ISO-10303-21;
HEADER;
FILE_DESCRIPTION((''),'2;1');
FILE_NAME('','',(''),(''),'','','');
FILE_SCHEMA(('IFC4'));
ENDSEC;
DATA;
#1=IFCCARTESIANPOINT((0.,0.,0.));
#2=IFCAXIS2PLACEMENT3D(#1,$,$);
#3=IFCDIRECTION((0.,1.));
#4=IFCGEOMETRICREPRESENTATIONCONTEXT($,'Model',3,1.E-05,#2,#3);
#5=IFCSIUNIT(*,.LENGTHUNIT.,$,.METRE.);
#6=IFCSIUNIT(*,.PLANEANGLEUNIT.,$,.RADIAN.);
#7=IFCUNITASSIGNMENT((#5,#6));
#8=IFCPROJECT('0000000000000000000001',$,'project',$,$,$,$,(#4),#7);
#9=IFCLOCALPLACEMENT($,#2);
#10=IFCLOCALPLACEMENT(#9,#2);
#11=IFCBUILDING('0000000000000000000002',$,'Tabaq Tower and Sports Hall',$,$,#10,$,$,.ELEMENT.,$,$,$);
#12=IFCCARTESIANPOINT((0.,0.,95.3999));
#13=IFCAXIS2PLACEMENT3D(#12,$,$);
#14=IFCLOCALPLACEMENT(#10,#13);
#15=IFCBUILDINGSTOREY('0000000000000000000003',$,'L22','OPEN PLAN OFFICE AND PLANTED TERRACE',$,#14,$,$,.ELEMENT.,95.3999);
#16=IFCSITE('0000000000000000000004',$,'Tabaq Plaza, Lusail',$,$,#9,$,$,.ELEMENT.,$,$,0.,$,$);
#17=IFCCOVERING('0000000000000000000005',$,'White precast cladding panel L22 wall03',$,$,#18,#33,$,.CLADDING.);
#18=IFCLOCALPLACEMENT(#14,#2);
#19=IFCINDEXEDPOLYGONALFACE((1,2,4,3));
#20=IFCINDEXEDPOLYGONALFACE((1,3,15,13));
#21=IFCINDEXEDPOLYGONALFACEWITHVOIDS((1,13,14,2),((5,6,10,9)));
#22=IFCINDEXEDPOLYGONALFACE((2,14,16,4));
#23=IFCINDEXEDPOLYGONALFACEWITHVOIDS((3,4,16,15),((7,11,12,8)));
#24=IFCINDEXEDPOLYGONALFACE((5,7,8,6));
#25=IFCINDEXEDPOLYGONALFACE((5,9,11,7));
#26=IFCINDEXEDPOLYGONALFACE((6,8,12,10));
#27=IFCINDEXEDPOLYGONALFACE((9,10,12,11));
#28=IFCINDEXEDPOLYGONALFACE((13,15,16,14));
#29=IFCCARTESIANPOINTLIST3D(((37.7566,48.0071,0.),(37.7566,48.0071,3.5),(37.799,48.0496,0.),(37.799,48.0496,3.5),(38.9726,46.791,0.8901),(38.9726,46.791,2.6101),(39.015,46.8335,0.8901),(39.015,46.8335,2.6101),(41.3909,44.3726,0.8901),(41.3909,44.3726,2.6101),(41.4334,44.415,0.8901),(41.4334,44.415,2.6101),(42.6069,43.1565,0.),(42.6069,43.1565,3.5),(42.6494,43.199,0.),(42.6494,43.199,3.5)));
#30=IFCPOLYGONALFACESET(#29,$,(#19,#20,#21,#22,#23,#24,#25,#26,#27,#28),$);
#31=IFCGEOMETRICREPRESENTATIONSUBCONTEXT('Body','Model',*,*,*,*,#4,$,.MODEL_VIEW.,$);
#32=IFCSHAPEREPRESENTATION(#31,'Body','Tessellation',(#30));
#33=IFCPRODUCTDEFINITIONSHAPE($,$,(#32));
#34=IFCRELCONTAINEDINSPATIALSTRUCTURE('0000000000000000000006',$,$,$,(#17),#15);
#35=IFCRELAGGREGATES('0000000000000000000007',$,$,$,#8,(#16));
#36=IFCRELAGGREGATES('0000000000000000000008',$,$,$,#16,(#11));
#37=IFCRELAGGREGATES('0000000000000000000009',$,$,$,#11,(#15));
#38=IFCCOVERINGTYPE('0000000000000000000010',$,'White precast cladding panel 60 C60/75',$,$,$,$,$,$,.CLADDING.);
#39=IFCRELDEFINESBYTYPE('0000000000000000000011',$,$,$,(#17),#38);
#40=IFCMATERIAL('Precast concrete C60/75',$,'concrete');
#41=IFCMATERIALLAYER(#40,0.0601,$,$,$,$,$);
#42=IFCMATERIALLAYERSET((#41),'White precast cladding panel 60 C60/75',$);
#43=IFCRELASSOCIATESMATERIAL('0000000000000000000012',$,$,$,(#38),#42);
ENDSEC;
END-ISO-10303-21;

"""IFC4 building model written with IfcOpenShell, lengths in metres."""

from ifc_helpers import new_model, si_unit, direction, frame, origin, place, context, subcontext, project, spatial, polyline, outline, extrude, material, layer, layer_set, type_object, element, save


model = new_model("IFC4")

# Units and contexts
model_context = context("Model", 3, precision=1e-05, world=origin(), true_north=direction((0.0, 1.0)))
body_context = subcontext(model_context, "Body", "Model", "MODEL_VIEW")
ifc_project = project(units=[si_unit("LENGTHUNIT", "METRE"), si_unit("PLANEANGLEUNIT", "RADIAN")], contexts=[model_context])

# Site, building, storey
site_placement = place(None, origin())
site = spatial("IfcSite", under=ifc_project, at=site_placement, Name="Tabaq Plaza, Lusail", CompositionType="ELEMENT", RefElevation=0.0)
building_placement = place(site_placement, origin())
building = spatial("IfcBuilding", under=site, at=building_placement, Name="Tabaq Tower and Sports Hall", CompositionType="ELEMENT")
storey_placement = place(building_placement, frame((0.0, 0.0, 95.3999)))
storey = spatial("IfcBuildingStorey", under=building, at=storey_placement, Name="L22", Description="OPEN PLAN OFFICE AND PLANTED TERRACE", CompositionType="ELEMENT", Elevation=95.3999)

# Covering
ifc_material_1 = material(Name="Precast concrete C60/75", Category="concrete")
ifc_layer_1 = layer(ifc_material_1, 0.0601)
ifc_layer_set_1 = layer_set([ifc_layer_1], Name="White precast cladding panel 60 C60/75")
covering_type_1 = type_object("IfcCoveringType", Name="White precast cladding panel 60 C60/75", PredefinedType="CLADDING", material=ifc_layer_set_1)
covering_1_placement = place(storey_placement, frame((42.6282, 43.1777, 0.0), z_axis=(0.0, 0.0, 1.0), x_axis=(-0.707089, 0.707125, 0.0)))
element("IfcCovering", 1, at=covering_1_placement, inside=storey, type_object=covering_type_1, Name="White precast cladding panel L22 wall03", PredefinedType="CLADDING", context=body_context, shape_type="SweptSolid", body=[
    extrude(outline(polyline([(0.0, 0.0), (6.8596, 0.0), (6.8596, 3.5), (0.0, 3.5), (0.0, 0.0)]), holes=[polyline([(1.7197, 0.8901), (1.7197, 2.6101), (5.1399, 2.6101), (5.1399, 0.8901), (1.7197, 0.8901)])]), frame((0.0, 0.03, 0.0), z_axis=(0.0, -1.0, 0.0), x_axis=(1.0, 0.0, 0.0)), (0.0, 0.0, 1.0), 0.0601),
])

save(model, "model.ifc")
